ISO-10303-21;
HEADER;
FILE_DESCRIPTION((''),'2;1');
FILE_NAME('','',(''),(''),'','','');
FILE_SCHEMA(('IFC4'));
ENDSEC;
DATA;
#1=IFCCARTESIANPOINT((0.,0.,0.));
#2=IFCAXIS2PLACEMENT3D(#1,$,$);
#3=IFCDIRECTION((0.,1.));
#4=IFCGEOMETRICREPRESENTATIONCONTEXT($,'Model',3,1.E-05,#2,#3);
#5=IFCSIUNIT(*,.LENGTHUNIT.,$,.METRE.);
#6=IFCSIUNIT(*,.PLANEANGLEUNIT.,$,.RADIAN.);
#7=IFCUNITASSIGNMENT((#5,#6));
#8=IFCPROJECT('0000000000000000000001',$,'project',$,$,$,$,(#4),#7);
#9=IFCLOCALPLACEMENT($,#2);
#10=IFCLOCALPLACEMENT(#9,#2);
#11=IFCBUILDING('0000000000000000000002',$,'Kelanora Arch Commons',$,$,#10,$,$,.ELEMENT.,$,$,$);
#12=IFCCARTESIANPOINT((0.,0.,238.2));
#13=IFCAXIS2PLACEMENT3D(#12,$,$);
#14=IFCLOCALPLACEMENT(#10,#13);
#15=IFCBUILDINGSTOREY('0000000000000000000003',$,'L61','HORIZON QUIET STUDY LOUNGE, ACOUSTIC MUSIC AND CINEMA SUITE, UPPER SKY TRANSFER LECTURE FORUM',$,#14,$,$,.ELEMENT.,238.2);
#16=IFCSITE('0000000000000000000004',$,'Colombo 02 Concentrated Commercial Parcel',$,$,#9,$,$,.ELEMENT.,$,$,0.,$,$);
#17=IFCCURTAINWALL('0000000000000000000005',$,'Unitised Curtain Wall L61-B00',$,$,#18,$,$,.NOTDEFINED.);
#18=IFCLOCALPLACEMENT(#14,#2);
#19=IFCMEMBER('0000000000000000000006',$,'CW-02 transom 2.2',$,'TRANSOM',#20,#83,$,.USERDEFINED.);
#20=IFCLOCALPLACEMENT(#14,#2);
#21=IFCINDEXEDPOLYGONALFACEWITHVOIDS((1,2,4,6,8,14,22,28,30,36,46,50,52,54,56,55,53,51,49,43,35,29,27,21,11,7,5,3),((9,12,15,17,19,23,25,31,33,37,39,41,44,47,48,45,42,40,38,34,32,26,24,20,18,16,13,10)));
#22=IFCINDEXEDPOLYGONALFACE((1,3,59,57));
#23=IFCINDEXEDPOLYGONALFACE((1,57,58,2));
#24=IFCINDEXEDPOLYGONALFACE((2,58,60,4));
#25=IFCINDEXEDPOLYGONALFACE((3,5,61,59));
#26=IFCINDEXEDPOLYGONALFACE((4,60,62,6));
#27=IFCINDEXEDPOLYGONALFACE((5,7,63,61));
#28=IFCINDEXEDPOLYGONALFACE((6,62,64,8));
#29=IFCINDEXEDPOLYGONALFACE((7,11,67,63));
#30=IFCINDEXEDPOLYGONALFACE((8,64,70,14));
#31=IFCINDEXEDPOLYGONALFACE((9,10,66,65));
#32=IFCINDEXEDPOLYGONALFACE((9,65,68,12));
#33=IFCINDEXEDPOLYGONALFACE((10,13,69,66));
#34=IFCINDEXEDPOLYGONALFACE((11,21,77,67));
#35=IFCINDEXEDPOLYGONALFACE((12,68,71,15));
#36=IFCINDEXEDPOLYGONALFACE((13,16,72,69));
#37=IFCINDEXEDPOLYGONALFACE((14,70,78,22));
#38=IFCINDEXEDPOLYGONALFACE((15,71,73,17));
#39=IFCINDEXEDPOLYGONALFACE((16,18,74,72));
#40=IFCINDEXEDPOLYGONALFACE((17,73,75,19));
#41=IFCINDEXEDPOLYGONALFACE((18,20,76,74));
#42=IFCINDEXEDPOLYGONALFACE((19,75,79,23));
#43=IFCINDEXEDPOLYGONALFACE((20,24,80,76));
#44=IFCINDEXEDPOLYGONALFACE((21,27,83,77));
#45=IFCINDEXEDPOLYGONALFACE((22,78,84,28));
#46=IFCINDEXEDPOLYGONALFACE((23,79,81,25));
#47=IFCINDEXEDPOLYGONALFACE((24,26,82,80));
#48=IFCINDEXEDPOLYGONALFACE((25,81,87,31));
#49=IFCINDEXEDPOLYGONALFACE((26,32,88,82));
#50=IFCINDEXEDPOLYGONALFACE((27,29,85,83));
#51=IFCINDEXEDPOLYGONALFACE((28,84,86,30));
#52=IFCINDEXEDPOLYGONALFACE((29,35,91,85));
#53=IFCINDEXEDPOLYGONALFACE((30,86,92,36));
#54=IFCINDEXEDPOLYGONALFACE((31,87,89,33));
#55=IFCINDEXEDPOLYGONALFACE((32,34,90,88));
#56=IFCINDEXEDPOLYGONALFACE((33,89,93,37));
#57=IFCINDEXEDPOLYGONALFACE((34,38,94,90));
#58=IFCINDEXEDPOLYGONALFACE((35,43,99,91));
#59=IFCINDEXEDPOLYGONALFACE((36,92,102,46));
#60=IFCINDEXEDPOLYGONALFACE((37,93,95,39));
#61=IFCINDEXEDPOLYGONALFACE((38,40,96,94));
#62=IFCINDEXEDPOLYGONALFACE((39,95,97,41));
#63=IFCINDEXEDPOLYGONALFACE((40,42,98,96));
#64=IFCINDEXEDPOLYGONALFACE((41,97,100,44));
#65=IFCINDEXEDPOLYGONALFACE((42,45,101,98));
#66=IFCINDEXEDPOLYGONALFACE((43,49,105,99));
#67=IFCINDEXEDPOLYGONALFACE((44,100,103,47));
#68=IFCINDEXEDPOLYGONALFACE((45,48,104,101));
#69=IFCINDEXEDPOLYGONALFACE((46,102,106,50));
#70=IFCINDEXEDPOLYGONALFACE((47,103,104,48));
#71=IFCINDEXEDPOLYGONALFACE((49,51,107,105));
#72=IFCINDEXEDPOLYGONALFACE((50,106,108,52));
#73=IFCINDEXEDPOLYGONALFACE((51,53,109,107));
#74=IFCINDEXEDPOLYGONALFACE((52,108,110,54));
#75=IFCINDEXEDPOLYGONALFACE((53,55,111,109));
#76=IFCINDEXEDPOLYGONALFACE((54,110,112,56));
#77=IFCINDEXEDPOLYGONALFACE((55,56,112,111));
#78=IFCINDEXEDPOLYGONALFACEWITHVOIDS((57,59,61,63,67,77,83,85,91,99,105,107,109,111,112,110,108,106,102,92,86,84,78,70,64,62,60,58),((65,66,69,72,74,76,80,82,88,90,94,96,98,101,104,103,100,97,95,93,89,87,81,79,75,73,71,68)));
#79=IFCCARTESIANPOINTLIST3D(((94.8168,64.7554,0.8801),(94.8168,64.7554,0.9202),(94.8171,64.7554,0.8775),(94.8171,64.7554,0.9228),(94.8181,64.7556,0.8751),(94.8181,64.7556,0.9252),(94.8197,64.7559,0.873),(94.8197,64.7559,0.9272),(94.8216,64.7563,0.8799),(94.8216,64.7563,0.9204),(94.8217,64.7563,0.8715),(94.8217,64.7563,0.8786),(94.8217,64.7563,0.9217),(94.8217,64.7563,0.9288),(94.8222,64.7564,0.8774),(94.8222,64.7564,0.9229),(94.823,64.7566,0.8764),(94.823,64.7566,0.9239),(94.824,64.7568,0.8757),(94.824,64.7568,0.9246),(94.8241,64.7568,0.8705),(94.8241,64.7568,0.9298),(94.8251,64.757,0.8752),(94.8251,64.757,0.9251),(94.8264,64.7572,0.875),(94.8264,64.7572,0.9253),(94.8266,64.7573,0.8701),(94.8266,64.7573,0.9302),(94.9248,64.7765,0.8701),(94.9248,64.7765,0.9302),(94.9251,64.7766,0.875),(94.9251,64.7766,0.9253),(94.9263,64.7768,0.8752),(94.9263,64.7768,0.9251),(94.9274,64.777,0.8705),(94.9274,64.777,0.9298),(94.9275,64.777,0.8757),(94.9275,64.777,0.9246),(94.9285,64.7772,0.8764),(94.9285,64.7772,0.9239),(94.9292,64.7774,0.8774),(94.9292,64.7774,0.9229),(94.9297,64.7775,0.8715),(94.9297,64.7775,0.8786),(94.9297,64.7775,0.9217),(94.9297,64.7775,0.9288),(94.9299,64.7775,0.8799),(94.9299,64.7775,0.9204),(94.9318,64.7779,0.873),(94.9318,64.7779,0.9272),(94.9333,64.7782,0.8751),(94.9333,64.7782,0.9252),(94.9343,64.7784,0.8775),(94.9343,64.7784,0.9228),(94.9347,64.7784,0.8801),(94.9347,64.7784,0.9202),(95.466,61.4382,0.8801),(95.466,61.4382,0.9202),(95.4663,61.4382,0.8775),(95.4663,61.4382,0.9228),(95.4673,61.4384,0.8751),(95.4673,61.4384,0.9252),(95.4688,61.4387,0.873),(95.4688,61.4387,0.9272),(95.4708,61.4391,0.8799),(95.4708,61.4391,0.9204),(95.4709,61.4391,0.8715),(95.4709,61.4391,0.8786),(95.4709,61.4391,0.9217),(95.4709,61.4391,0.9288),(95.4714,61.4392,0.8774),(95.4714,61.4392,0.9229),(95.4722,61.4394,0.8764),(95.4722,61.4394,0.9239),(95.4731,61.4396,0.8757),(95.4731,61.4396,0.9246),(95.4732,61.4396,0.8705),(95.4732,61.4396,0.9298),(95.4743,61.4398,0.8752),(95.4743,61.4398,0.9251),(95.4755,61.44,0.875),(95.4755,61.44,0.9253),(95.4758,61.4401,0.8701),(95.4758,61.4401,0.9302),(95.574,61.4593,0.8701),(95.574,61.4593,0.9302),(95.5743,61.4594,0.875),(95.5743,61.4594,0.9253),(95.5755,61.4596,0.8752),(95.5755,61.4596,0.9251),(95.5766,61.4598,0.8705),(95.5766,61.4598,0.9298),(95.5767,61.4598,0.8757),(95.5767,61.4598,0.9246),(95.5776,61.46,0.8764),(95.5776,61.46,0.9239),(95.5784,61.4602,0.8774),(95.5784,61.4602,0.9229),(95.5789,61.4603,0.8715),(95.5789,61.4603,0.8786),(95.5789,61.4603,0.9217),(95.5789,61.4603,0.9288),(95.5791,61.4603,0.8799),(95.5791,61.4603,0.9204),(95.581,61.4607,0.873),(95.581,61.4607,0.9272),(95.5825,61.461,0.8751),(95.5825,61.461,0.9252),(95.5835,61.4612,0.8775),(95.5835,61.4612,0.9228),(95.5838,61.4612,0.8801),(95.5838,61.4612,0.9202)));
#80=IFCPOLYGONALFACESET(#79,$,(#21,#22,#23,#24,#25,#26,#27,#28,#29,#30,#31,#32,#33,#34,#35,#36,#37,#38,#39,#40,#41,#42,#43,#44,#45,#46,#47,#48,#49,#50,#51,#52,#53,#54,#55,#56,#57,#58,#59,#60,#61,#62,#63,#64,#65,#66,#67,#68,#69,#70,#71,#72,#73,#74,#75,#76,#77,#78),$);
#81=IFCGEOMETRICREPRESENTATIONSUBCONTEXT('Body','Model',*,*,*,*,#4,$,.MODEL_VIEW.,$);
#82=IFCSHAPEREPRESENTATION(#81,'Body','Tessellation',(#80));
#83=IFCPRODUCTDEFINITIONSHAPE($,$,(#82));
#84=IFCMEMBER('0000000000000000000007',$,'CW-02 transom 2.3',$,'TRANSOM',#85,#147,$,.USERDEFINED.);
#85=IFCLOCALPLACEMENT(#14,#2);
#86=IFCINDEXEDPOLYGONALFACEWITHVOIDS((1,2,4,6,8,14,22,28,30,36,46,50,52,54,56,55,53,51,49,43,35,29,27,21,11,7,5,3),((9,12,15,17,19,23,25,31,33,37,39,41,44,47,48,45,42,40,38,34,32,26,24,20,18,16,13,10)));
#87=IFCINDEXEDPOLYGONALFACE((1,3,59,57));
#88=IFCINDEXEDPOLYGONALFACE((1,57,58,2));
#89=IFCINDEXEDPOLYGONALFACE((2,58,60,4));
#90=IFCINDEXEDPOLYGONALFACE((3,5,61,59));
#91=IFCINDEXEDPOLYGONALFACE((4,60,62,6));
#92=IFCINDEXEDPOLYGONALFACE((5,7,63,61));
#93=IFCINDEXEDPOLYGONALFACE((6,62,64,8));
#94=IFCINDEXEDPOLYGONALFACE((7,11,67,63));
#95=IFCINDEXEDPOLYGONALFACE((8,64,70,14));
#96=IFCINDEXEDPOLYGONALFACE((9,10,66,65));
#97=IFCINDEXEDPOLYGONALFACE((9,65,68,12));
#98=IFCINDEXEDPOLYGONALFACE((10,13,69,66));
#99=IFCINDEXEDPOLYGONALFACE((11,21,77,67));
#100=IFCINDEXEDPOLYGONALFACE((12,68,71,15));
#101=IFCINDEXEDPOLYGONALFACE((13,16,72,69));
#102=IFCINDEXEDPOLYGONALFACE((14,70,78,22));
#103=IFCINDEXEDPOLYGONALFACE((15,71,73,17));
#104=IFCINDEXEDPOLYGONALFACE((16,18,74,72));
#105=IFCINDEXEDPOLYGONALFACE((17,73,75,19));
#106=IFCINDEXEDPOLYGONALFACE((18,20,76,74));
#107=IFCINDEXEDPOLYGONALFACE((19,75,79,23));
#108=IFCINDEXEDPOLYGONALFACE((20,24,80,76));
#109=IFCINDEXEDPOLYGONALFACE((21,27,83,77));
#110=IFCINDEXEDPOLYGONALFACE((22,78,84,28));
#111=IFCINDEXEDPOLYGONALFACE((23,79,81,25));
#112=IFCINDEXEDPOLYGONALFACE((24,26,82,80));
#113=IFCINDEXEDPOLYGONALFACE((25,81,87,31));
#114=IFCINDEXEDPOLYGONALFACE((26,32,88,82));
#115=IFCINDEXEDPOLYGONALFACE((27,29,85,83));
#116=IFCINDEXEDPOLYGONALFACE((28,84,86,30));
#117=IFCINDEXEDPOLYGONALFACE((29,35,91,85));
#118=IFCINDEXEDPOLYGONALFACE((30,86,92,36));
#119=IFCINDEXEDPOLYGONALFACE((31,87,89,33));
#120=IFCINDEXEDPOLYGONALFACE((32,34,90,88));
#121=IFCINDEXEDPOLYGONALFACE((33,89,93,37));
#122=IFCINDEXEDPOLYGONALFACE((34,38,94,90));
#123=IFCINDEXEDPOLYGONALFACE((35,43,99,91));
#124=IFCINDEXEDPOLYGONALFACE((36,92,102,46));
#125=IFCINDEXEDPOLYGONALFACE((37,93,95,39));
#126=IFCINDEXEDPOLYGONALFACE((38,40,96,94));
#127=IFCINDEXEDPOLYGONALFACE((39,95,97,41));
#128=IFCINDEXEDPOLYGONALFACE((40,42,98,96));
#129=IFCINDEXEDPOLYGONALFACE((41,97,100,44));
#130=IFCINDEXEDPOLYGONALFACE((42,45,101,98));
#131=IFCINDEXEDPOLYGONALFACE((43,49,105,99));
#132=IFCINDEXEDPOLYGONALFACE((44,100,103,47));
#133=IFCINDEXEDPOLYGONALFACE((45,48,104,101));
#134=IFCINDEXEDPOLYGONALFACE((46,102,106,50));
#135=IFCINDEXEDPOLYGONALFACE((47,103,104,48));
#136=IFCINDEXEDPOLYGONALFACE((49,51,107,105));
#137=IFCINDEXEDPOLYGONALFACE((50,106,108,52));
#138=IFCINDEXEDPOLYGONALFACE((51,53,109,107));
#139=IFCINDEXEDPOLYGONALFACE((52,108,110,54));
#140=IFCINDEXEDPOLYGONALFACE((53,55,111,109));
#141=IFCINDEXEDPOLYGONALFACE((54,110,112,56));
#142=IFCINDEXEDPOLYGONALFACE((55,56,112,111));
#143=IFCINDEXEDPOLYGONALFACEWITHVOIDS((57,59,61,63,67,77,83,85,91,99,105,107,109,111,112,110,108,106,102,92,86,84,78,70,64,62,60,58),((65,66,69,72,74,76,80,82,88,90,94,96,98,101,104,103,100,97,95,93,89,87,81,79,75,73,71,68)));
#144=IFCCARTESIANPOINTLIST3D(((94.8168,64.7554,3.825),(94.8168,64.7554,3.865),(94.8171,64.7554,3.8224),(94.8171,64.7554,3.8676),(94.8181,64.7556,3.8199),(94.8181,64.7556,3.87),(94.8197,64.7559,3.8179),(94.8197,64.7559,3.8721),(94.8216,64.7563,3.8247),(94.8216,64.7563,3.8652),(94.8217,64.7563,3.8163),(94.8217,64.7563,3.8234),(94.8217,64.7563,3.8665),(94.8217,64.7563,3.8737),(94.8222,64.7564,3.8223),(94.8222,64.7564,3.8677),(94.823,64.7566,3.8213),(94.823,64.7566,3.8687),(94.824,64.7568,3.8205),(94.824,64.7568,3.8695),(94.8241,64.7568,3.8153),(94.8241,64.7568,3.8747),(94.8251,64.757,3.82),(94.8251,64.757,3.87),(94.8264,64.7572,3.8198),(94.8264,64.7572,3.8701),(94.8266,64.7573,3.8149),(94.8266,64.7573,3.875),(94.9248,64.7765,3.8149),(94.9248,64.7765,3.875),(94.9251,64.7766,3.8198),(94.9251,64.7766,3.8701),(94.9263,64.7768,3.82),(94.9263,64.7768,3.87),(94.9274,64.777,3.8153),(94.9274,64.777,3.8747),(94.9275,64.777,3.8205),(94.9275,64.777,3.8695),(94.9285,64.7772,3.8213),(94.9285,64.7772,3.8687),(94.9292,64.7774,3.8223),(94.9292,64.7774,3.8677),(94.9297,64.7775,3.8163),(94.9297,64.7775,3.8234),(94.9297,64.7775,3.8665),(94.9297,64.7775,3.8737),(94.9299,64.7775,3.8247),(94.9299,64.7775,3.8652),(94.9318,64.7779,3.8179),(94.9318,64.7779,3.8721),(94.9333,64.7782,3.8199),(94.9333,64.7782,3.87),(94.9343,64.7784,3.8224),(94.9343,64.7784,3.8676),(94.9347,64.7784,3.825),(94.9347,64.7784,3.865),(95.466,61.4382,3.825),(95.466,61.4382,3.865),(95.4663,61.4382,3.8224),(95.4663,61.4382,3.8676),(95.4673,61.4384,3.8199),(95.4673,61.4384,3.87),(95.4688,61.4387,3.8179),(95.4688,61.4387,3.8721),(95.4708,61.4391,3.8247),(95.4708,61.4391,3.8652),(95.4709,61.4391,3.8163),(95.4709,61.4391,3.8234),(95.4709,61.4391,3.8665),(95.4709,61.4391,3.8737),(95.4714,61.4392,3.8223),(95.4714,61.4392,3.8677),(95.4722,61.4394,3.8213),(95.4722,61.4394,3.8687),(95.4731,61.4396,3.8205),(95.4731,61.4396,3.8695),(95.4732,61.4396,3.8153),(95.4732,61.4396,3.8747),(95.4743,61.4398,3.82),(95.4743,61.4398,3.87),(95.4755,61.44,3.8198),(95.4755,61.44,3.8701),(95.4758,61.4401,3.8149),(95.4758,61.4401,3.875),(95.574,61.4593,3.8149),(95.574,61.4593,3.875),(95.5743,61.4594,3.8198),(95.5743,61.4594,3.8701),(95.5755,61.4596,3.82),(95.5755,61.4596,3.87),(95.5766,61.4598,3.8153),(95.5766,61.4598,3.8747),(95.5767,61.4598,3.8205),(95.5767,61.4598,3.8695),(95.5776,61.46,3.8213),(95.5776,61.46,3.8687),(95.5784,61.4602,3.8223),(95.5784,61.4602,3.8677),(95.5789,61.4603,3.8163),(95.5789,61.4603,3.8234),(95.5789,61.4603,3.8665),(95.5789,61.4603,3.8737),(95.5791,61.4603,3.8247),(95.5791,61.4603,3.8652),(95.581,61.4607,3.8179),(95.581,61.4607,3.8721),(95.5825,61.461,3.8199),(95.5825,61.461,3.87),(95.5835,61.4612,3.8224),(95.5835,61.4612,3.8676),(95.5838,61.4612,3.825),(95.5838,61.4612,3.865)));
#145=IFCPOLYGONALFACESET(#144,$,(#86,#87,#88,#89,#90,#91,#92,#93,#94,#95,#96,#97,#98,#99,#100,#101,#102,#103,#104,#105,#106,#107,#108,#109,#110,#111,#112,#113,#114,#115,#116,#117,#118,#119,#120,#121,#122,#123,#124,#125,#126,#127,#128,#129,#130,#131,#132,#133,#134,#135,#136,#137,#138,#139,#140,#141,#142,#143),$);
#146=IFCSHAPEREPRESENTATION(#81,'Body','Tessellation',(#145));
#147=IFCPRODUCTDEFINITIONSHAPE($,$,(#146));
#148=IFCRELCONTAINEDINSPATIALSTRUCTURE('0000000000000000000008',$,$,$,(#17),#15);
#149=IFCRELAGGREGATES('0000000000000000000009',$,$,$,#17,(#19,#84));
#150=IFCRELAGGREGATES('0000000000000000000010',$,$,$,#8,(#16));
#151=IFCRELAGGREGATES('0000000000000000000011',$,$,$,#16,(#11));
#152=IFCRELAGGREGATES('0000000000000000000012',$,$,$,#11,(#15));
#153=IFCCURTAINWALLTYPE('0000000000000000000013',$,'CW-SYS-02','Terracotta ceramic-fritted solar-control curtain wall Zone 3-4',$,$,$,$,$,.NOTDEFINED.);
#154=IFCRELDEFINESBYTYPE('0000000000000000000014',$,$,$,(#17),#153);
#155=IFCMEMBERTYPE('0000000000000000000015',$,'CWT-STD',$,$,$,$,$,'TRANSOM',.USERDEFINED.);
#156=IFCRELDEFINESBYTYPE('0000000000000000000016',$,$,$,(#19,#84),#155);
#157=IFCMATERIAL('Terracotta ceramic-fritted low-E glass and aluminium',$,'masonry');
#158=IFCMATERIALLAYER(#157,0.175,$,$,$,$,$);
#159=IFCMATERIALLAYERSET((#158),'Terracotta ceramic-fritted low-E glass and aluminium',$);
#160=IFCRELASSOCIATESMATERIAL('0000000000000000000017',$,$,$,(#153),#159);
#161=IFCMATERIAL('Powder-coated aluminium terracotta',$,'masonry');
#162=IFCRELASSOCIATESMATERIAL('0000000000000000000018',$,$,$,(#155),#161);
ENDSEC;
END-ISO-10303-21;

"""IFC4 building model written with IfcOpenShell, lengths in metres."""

from ifc_helpers import new_model, si_unit, direction, frame, origin, origin_2d, place, context, subcontext, project, spatial, hollow_rectangle, extrude, material, layer, layer_set, material_profile, profile_set, type_object, element, aggregate, save


model = new_model("IFC4")

# Units and contexts
model_context = context("Model", 3, precision=1e-05, world=origin(), true_north=direction((0.0, 1.0)))
body_context = subcontext(model_context, "Body", "Model", "MODEL_VIEW")
ifc_project = project(units=[si_unit("LENGTHUNIT", "METRE"), si_unit("PLANEANGLEUNIT", "RADIAN")], contexts=[model_context])

# Site, building, storey
site_placement = place(None, origin())
site = spatial("IfcSite", under=ifc_project, at=site_placement, Name="Colombo 02 Concentrated Commercial Parcel", CompositionType="ELEMENT", RefElevation=0.0)
building_placement = place(site_placement, origin())
building = spatial("IfcBuilding", under=site, at=building_placement, Name="Kelanora Arch Commons", CompositionType="ELEMENT")
storey_placement = place(building_placement, frame((0.0, 0.0, 238.2)))
storey = spatial("IfcBuildingStorey", under=building, at=storey_placement, Name="L61", Description="HORIZON QUIET STUDY LOUNGE, ACOUSTIC MUSIC AND CINEMA SUITE, UPPER SKY TRANSFER LECTURE FORUM", CompositionType="ELEMENT", Elevation=238.2)

# Curtain wall, members
ifc_material_1 = material(Name="Terracotta ceramic-fritted low-E glass and aluminium", Category="masonry")
ifc_layer_1 = layer(ifc_material_1, 0.175)
ifc_layer_set_1 = layer_set([ifc_layer_1], Name="Terracotta ceramic-fritted low-E glass and aluminium")
curtain_wall_type = type_object("IfcCurtainWallType", Name="CW-SYS-02", Description="Terracotta ceramic-fritted solar-control curtain wall Zone 3-4", PredefinedType="NOTDEFINED", material=ifc_layer_set_1)
curtain_wall_placement = place(storey_placement, origin())
curtain_wall = element("IfcCurtainWall", 1, at=curtain_wall_placement, inside=storey, type_object=curtain_wall_type, Name="Unitised Curtain Wall L61-B00", PredefinedType="NOTDEFINED")
ifc_material_2 = material(Name="Powder-coated aluminium terracotta", Category="masonry")
ifc_material_profile_1 = material_profile(ifc_material_2, hollow_rectangle(XDim=0.1201, YDim=0.0601, WallThickness=0.0049, InnerFilletRadius=0.0049, OuterFilletRadius=0.01, at=origin_2d()), Name="CWT120x60")
ifc_profile_set_1 = profile_set([ifc_material_profile_1], Name="Powder-coated aluminium terracotta")
member_type_1 = type_object("IfcMemberType", Name="CWT-STD", ElementType="TRANSOM", PredefinedType="USERDEFINED", material=ifc_profile_set_1)
member_1_placement = place(storey_placement, frame((95.5249, 61.4497, 0.9001), z_axis=(-0.192058, 0.981383, 0.0), x_axis=(-0.981383, -0.192058, 0.0)))
member_1 = element("IfcMember", 2, at=member_1_placement, type_object=member_type_1, Name="CW-02 transom 2.2", ObjectType="TRANSOM", PredefinedType="USERDEFINED", context=body_context, shape_type="SweptSolid", body=[
    extrude(hollow_rectangle(XDim=0.1201, YDim=0.0601, WallThickness=0.0049, InnerFilletRadius=0.0049, OuterFilletRadius=0.01, at=origin_2d()), origin(), (0.0, 0.0, 1.0), 3.3801),
])
member_2_placement = place(storey_placement, frame((95.5249, 61.4497, 3.845), z_axis=(-0.192058, 0.981383, 0.0), x_axis=(-0.981383, -0.192058, 0.0)))
member_2 = element("IfcMember", 3, at=member_2_placement, type_object=member_type_1, Name="CW-02 transom 2.3", ObjectType="TRANSOM", PredefinedType="USERDEFINED", context=body_context, shape_type="SweptSolid", body=[
    extrude(hollow_rectangle(XDim=0.1201, YDim=0.0601, WallThickness=0.0049, InnerFilletRadius=0.0049, OuterFilletRadius=0.01, at=origin_2d()), origin(), (0.0, 0.0, 1.0), 3.3801),
])
aggregate(curtain_wall, [member_1, member_2])

save(model, "model.ifc")
